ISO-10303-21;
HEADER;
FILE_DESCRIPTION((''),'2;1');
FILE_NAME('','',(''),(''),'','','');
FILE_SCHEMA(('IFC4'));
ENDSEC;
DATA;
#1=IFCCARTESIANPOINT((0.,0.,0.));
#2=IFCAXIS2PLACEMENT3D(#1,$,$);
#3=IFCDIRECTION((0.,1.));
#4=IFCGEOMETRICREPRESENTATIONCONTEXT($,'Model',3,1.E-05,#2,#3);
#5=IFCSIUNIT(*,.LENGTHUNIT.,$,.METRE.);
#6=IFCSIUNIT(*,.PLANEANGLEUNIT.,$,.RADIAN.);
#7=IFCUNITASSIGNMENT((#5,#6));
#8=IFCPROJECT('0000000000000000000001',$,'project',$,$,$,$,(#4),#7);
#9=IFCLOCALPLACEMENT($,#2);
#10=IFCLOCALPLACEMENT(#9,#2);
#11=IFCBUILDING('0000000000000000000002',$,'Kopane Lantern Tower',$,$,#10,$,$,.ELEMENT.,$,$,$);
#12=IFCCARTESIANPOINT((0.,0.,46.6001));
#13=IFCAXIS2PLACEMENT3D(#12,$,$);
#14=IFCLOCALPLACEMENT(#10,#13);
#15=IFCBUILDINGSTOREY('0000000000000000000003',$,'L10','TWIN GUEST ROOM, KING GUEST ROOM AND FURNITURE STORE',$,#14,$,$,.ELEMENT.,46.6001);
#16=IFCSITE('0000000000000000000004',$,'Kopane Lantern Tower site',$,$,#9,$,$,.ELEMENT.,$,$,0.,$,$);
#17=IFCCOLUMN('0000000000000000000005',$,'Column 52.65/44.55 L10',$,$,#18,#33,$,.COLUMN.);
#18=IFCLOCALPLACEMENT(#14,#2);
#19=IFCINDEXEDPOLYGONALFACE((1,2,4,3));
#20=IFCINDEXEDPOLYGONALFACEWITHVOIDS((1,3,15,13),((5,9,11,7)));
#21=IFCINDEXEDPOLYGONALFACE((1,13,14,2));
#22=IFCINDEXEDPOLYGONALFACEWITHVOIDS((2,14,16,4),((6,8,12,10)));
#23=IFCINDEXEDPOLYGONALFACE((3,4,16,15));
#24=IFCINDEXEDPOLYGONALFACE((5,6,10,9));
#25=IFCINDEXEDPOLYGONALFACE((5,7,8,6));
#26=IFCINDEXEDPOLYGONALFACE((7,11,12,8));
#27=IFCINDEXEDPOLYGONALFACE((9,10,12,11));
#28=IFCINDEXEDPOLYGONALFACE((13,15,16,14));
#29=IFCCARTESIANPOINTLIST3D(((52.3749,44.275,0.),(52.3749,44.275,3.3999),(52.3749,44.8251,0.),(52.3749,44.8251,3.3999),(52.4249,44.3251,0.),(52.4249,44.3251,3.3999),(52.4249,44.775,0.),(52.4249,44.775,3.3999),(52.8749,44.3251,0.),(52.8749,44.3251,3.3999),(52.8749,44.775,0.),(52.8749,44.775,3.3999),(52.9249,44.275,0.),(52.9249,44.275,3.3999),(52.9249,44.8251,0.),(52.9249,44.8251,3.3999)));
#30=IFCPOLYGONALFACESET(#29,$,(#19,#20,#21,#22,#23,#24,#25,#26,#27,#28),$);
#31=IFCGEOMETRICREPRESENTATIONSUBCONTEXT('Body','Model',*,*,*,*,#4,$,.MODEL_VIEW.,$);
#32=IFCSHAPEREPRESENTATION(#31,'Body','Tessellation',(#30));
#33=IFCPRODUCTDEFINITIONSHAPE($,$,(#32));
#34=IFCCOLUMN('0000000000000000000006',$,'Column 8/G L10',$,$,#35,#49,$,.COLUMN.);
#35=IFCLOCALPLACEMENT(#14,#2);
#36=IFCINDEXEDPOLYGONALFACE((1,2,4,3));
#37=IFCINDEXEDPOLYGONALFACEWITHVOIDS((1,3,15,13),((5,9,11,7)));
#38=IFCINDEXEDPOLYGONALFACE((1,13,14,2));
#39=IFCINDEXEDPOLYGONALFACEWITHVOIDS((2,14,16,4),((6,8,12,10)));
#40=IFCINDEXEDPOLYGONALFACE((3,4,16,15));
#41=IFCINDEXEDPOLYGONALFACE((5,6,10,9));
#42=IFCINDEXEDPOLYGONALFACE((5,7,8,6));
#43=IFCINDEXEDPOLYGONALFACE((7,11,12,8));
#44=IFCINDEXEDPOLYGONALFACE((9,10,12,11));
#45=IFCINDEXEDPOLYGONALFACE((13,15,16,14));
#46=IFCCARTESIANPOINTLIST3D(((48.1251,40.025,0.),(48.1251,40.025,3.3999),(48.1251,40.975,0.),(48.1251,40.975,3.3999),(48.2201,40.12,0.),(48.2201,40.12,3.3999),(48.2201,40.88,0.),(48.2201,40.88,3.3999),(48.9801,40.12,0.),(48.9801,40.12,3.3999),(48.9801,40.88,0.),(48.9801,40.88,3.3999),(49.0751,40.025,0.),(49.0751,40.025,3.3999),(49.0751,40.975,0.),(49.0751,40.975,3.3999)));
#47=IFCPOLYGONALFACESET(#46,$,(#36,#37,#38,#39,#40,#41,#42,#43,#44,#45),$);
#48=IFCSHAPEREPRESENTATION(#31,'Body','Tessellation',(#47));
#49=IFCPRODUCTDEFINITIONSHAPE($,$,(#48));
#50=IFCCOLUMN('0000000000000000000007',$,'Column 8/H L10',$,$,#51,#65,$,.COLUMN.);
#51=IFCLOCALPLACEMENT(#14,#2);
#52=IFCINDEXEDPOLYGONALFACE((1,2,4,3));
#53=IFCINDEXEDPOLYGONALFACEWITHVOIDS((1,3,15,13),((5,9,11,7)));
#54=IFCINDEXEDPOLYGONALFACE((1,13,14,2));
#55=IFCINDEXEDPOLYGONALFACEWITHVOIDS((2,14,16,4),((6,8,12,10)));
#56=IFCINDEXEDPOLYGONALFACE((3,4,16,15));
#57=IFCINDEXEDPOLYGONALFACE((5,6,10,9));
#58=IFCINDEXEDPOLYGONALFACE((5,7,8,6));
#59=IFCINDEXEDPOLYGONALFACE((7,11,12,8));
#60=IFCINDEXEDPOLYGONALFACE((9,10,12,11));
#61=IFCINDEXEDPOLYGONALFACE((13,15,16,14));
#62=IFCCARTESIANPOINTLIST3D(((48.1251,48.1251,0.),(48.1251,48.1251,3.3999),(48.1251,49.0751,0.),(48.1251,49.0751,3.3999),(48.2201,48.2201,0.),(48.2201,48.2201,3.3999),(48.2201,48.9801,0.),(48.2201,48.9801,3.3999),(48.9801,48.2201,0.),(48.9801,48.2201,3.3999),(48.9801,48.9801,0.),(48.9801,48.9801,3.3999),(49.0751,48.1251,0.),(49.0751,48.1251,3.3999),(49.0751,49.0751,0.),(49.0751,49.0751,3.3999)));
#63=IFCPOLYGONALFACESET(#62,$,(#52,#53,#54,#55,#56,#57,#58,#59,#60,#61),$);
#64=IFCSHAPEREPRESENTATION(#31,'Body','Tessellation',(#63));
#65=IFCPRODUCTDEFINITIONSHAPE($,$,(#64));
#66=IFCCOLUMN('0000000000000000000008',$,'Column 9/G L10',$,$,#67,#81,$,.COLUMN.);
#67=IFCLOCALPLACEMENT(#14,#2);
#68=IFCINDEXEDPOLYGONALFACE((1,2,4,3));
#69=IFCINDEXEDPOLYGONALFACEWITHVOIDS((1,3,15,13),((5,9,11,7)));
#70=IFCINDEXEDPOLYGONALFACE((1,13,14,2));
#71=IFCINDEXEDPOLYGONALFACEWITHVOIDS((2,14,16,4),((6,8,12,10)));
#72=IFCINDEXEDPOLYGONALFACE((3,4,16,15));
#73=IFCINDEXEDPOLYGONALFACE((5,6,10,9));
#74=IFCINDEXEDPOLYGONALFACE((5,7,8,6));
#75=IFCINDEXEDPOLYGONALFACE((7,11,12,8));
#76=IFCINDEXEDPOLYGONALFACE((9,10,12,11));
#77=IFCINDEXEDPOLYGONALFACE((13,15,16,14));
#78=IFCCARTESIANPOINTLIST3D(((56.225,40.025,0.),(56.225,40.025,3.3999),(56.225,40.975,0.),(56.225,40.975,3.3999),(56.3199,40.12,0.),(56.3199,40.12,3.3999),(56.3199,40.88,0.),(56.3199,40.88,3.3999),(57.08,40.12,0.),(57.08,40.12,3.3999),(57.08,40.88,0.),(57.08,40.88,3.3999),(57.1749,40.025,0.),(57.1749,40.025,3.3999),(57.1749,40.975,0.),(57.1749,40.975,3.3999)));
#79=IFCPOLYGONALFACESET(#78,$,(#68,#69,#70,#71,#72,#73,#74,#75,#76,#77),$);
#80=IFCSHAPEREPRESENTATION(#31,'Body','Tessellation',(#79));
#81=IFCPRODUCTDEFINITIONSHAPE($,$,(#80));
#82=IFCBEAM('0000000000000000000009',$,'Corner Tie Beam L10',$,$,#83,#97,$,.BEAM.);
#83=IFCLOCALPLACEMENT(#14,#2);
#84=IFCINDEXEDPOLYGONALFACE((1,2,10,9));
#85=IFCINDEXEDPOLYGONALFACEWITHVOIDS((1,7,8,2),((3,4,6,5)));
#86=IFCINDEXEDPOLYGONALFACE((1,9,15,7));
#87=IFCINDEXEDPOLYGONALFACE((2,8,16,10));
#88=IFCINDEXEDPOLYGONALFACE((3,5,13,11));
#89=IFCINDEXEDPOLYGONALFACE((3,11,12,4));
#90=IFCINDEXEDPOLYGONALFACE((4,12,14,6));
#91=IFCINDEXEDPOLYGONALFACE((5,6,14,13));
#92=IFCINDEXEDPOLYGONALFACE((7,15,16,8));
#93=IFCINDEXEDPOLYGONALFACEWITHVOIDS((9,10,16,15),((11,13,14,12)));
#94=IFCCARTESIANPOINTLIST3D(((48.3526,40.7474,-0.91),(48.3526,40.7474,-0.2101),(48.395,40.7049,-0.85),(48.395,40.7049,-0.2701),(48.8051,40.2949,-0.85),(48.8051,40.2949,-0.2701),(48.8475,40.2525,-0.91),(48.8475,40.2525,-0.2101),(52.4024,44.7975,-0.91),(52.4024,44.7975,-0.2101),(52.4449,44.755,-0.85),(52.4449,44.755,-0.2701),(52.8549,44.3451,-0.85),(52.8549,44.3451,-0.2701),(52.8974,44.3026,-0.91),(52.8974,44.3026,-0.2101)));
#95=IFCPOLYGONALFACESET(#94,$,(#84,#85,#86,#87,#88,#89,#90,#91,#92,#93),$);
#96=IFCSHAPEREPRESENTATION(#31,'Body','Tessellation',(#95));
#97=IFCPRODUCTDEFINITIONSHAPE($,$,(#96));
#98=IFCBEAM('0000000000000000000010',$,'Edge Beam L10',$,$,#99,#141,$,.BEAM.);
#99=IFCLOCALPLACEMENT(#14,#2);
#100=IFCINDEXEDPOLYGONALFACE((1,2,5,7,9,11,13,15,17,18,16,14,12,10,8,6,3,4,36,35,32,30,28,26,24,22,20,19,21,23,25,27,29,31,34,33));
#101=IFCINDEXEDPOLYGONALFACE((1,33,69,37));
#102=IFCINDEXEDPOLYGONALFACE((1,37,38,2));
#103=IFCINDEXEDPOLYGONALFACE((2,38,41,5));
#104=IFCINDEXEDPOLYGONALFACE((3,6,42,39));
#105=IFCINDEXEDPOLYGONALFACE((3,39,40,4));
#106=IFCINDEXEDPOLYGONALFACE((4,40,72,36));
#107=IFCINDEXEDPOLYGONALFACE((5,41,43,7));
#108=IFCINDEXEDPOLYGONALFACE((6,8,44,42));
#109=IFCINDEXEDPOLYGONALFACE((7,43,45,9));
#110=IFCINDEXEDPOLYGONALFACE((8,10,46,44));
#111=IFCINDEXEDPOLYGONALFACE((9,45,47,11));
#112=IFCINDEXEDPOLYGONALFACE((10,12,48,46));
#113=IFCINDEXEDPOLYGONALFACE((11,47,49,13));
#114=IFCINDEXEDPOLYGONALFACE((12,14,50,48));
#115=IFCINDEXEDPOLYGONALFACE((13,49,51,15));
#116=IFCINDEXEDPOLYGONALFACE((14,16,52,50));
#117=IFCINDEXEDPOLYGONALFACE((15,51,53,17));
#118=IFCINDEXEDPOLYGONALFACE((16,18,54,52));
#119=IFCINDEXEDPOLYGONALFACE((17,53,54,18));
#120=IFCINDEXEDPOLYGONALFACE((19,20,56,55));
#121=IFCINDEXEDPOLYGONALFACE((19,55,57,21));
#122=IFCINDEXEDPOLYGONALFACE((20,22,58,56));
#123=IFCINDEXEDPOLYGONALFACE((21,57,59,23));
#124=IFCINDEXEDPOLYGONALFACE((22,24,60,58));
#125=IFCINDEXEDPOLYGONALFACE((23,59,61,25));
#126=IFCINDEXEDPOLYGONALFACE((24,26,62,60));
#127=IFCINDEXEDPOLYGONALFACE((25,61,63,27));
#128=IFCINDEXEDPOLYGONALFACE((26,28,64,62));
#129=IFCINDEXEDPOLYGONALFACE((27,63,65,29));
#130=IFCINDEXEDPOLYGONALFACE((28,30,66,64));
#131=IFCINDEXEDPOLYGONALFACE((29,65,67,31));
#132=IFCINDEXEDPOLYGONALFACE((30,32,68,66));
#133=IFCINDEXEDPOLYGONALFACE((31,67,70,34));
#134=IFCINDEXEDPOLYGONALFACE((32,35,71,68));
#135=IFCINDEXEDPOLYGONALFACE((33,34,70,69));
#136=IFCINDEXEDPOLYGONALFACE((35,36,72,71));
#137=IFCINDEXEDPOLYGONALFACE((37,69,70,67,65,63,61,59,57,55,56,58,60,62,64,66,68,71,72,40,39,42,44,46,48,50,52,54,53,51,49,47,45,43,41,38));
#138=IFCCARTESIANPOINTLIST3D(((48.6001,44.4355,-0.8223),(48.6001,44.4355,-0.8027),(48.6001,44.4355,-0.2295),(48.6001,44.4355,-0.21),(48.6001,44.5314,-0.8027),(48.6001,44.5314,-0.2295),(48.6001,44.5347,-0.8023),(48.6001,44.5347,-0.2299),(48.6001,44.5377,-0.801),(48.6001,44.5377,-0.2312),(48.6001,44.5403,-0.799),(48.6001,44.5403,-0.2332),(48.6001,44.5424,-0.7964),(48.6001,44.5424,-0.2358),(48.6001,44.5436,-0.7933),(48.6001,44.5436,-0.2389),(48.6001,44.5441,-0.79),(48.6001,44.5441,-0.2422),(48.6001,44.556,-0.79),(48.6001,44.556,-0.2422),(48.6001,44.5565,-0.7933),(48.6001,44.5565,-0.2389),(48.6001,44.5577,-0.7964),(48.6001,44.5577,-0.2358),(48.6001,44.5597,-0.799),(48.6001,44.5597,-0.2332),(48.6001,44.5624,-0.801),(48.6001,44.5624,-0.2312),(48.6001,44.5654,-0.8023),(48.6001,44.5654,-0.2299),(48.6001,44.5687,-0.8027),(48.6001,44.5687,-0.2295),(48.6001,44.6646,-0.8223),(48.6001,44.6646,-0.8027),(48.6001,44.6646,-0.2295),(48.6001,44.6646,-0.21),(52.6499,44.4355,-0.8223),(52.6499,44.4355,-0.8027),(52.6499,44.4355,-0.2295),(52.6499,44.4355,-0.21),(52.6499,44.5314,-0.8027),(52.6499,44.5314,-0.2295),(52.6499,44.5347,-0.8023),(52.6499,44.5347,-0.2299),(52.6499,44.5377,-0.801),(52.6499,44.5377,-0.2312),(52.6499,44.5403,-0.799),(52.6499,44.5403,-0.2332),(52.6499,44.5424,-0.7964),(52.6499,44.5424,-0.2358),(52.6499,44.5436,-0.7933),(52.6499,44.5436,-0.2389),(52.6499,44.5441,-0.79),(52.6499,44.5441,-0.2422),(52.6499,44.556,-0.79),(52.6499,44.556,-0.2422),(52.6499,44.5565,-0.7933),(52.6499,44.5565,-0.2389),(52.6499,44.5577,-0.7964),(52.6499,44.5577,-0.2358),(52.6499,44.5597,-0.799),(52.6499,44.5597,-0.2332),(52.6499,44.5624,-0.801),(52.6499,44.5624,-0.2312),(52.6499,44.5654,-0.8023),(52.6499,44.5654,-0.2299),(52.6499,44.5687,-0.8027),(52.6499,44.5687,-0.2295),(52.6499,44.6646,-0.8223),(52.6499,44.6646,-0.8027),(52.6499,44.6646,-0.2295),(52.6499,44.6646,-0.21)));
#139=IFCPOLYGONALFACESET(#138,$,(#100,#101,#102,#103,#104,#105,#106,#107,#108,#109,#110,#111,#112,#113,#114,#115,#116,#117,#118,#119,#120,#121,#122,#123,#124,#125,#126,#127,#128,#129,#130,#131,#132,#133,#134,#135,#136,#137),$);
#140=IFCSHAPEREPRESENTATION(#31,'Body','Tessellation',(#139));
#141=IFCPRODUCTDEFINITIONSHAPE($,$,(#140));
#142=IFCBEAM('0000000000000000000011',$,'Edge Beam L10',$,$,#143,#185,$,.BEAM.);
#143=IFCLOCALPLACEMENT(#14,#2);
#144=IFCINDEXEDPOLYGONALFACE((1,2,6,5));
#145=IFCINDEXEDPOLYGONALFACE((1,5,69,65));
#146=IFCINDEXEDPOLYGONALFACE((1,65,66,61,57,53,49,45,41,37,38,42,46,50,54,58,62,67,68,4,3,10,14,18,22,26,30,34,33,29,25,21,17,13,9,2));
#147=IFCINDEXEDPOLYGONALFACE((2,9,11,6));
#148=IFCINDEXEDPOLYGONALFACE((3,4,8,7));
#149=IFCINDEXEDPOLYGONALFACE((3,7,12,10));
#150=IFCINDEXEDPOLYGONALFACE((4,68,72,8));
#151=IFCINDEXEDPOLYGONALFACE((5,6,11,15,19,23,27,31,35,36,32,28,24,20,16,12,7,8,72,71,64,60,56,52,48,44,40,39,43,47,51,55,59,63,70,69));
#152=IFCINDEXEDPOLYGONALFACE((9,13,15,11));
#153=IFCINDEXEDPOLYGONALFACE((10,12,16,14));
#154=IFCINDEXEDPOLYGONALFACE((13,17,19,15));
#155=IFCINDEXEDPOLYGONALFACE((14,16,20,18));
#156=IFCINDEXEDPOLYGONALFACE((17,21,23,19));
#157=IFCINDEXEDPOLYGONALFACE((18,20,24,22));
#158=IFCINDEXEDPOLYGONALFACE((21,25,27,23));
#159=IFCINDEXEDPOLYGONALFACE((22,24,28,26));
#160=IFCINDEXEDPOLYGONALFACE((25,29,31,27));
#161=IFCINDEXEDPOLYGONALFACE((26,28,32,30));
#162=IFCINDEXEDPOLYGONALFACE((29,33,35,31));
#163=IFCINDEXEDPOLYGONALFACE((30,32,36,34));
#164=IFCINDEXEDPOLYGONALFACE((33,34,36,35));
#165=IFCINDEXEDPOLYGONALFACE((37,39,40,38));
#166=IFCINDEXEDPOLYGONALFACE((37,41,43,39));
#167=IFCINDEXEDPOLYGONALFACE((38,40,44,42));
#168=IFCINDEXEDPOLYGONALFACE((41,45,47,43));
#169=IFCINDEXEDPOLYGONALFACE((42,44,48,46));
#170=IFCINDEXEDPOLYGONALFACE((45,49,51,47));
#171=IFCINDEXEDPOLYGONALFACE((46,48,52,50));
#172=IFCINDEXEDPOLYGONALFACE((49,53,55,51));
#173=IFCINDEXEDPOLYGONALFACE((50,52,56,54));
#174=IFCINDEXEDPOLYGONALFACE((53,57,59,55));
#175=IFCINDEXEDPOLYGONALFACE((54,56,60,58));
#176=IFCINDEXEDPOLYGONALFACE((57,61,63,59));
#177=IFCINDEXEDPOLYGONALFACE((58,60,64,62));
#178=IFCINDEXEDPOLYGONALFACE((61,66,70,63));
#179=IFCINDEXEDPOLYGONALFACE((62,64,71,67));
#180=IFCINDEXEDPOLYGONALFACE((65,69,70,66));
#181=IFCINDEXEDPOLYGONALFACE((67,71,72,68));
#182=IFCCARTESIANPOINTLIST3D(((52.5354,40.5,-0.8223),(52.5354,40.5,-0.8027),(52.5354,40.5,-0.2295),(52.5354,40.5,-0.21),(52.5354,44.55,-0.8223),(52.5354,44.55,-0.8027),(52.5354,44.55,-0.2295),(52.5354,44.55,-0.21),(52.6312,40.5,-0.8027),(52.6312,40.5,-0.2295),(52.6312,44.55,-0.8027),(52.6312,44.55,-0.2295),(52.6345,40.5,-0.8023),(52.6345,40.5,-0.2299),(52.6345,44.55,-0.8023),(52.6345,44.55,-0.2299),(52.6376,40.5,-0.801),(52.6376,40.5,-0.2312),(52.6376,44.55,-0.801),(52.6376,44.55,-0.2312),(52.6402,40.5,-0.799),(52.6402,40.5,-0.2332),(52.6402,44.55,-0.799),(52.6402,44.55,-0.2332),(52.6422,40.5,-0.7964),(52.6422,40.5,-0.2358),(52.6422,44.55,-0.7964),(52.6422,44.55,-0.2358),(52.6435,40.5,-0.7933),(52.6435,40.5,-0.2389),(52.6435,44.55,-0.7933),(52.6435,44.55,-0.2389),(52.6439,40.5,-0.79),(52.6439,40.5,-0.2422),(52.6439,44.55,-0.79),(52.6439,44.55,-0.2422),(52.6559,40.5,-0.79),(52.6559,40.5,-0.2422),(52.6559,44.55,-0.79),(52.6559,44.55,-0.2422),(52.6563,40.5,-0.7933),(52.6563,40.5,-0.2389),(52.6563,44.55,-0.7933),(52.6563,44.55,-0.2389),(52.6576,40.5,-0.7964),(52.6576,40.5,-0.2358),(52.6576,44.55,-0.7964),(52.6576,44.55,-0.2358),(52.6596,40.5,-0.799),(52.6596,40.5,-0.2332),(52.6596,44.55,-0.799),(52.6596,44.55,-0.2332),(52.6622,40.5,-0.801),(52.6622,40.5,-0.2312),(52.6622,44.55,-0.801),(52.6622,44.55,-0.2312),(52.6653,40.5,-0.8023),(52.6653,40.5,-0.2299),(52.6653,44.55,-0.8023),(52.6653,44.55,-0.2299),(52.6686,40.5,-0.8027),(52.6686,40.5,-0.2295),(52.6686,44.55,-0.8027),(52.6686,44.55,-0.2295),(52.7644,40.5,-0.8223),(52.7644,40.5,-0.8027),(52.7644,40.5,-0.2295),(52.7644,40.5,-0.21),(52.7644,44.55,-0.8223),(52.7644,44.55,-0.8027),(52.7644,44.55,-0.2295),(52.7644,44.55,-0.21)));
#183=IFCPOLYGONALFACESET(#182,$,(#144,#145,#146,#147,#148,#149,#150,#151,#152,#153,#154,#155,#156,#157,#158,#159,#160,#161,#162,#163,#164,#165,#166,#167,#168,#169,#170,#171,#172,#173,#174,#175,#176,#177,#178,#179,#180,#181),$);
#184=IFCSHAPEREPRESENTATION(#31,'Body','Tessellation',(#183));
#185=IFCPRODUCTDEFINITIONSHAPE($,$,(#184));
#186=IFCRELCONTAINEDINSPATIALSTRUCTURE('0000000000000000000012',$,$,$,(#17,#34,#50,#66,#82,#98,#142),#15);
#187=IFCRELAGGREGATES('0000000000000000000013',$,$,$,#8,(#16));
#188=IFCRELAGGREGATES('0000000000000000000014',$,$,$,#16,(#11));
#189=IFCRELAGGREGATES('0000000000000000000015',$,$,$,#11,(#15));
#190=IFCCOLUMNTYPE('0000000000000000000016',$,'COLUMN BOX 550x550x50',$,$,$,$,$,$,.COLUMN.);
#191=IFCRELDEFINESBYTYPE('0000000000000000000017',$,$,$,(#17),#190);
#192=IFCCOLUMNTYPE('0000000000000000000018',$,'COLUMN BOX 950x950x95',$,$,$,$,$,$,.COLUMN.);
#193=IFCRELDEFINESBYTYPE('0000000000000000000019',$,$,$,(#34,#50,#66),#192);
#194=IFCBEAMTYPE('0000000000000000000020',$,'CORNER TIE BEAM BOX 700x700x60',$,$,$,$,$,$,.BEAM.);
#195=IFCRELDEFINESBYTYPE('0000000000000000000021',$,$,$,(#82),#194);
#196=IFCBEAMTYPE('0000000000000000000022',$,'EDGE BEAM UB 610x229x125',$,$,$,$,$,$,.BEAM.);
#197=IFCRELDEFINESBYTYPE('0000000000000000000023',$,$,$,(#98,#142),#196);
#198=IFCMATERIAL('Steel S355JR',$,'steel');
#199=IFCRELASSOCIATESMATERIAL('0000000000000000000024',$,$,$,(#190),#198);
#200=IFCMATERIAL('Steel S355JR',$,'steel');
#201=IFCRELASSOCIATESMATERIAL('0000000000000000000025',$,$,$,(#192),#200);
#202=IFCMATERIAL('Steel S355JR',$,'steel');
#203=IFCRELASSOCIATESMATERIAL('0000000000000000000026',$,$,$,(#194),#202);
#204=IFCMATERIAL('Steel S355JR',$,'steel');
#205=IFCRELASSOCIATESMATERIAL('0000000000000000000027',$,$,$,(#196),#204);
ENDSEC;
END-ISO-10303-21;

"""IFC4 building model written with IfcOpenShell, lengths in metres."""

from ifc_helpers import new_model, si_unit, direction, frame, origin, origin_2d, place, context, subcontext, project, spatial, hollow_rectangle, i_section, extrude, material, material_profile, profile_set, type_object, element, save


model = new_model("IFC4")

# Units and contexts
model_context = context("Model", 3, precision=1e-05, world=origin(), true_north=direction((0.0, 1.0)))
body_context = subcontext(model_context, "Body", "Model", "MODEL_VIEW")
ifc_project = project(units=[si_unit("LENGTHUNIT", "METRE"), si_unit("PLANEANGLEUNIT", "RADIAN")], contexts=[model_context])

# Site, building, storey
site_placement = place(None, origin())
site = spatial("IfcSite", under=ifc_project, at=site_placement, Name="Kopane Lantern Tower site", CompositionType="ELEMENT", RefElevation=0.0)
building_placement = place(site_placement, origin())
building = spatial("IfcBuilding", under=site, at=building_placement, Name="Kopane Lantern Tower", CompositionType="ELEMENT")
storey_placement = place(building_placement, frame((0.0, 0.0, 46.6001)))
storey = spatial("IfcBuildingStorey", under=building, at=storey_placement, Name="L10", Description="TWIN GUEST ROOM, KING GUEST ROOM AND FURNITURE STORE", CompositionType="ELEMENT", Elevation=46.6001)

# Columns
ifc_material_1 = material(Name="Steel S355JR", Category="steel")
ifc_material_profile_1 = material_profile(ifc_material_1, hollow_rectangle(XDim=0.55, YDim=0.55, WallThickness=0.05, at=origin_2d()), Name="BOX 550x550x50")
ifc_profile_set_1 = profile_set([ifc_material_profile_1], Name="Steel S355JR")
column_type_1 = type_object("IfcColumnType", Name="COLUMN BOX 550x550x50", PredefinedType="COLUMN", material=ifc_profile_set_1)
column_placement = place(storey_placement, frame((52.6499, 44.55, 0.0), z_axis=(0.0, 0.0, 1.0), x_axis=(1.0, 0.0, 0.0)))
element("IfcColumn", 1, at=column_placement, inside=storey, type_object=column_type_1, Name="Column 52.65/44.55 L10", PredefinedType="COLUMN", context=body_context, shape_type="SweptSolid", body=[
    extrude(hollow_rectangle(XDim=0.55, YDim=0.55, WallThickness=0.05, at=origin_2d()), origin(), (0.0, 0.0, 1.0), 3.3999),
])
ifc_material_2 = material(Name="Steel S355JR", Category="steel")
ifc_material_profile_2 = material_profile(ifc_material_2, hollow_rectangle(XDim=0.95, YDim=0.95, WallThickness=0.095, at=origin_2d()), Name="BOX 950x950x95")
ifc_profile_set_2 = profile_set([ifc_material_profile_2], Name="Steel S355JR")
column_type_2 = type_object("IfcColumnType", Name="COLUMN BOX 950x950x95", PredefinedType="COLUMN", material=ifc_profile_set_2)
for number, where, z_axis, x_axis, name in (
    (2, (48.6001, 40.5, 0.0), (0.0, 0.0, 1.0), (1.0, 0.0, 0.0), "Column 8/G L10"),
    (3, (48.6001, 48.6001, 0.0), (0.0, 0.0, 1.0), (1.0, 0.0, 0.0), "Column 8/H L10"),
    (4, (56.7, 40.5, 0.0), (0.0, 0.0, 1.0), (1.0, 0.0, 0.0), "Column 9/G L10"),
):
    element("IfcColumn", number, at=place(storey_placement, frame(where, z_axis=z_axis, x_axis=x_axis)), inside=storey, type_object=column_type_2, Name=name, PredefinedType="COLUMN", context=body_context, shape_type="SweptSolid", body=[
        extrude(hollow_rectangle(XDim=0.95, YDim=0.95, WallThickness=0.095, at=origin_2d()), origin(), (0.0, 0.0, 1.0), 3.3999),
    ])

# Beams
ifc_material_3 = material(Name="Steel S355JR", Category="steel")
ifc_material_profile_3 = material_profile(ifc_material_3, hollow_rectangle(XDim=0.7, YDim=0.7, WallThickness=0.0601, at=origin_2d()), Name="BOX 700x700x60")
ifc_profile_set_3 = profile_set([ifc_material_profile_3], Name="Steel S355JR")
beam_type_1 = type_object("IfcBeamType", Name="CORNER TIE BEAM BOX 700x700x60", PredefinedType="BEAM", material=ifc_profile_set_3)
beam_1_placement = place(storey_placement, frame((52.6499, 44.55, -0.5601), z_axis=(-0.707085, -0.707128, 0.0), x_axis=(0.707128, -0.707085, 0.0)))
element("IfcBeam", 5, at=beam_1_placement, inside=storey, type_object=beam_type_1, Name="Corner Tie Beam L10", PredefinedType="BEAM", context=body_context, shape_type="SweptSolid", body=[
    extrude(hollow_rectangle(XDim=0.7, YDim=0.7, WallThickness=0.0601, at=origin_2d()), origin(), (0.0, 0.0, 1.0), 5.7275),
])
ifc_material_4 = material(Name="Steel S355JR", Category="steel")
ifc_material_profile_4 = material_profile(ifc_material_4, i_section(OverallWidth=0.229, OverallDepth=0.6123, WebThickness=0.012, FlangeThickness=0.0195, FilletRadius=0.0127, at=origin_2d()), Name="UB 610x229x125")
ifc_profile_set_4 = profile_set([ifc_material_profile_4], Name="Steel S355JR")
beam_type_2 = type_object("IfcBeamType", Name="EDGE BEAM UB 610x229x125", PredefinedType="BEAM", material=ifc_profile_set_4)
beam_2_placement = place(storey_placement, frame((52.6499, 44.55, -0.5161), z_axis=(-1.0, 0.0, 0.0), x_axis=(0.0, -1.0, 0.0)))
element("IfcBeam", 6, at=beam_2_placement, inside=storey, type_object=beam_type_2, Name="Edge Beam L10", PredefinedType="BEAM", context=body_context, shape_type="SweptSolid", body=[
    extrude(i_section(OverallWidth=0.229, OverallDepth=0.6123, WebThickness=0.012, FlangeThickness=0.0195, FilletRadius=0.0127, at=origin_2d()), origin(), (0.0, 0.0, 1.0), 4.0498),
])
beam_3_placement = place(storey_placement, frame((52.6499, 44.55, -0.5161), z_axis=(0.0, -1.0, 0.0), x_axis=(1.0, 0.0, 0.0)))
element("IfcBeam", 7, at=beam_3_placement, inside=storey, type_object=beam_type_2, Name="Edge Beam L10", PredefinedType="BEAM", context=body_context, shape_type="SweptSolid", body=[
    extrude(i_section(OverallWidth=0.229, OverallDepth=0.6123, WebThickness=0.012, FlangeThickness=0.0195, FilletRadius=0.0127, at=origin_2d()), origin(), (0.0, 0.0, 1.0), 4.05),
])

save(model, "model.ifc")
